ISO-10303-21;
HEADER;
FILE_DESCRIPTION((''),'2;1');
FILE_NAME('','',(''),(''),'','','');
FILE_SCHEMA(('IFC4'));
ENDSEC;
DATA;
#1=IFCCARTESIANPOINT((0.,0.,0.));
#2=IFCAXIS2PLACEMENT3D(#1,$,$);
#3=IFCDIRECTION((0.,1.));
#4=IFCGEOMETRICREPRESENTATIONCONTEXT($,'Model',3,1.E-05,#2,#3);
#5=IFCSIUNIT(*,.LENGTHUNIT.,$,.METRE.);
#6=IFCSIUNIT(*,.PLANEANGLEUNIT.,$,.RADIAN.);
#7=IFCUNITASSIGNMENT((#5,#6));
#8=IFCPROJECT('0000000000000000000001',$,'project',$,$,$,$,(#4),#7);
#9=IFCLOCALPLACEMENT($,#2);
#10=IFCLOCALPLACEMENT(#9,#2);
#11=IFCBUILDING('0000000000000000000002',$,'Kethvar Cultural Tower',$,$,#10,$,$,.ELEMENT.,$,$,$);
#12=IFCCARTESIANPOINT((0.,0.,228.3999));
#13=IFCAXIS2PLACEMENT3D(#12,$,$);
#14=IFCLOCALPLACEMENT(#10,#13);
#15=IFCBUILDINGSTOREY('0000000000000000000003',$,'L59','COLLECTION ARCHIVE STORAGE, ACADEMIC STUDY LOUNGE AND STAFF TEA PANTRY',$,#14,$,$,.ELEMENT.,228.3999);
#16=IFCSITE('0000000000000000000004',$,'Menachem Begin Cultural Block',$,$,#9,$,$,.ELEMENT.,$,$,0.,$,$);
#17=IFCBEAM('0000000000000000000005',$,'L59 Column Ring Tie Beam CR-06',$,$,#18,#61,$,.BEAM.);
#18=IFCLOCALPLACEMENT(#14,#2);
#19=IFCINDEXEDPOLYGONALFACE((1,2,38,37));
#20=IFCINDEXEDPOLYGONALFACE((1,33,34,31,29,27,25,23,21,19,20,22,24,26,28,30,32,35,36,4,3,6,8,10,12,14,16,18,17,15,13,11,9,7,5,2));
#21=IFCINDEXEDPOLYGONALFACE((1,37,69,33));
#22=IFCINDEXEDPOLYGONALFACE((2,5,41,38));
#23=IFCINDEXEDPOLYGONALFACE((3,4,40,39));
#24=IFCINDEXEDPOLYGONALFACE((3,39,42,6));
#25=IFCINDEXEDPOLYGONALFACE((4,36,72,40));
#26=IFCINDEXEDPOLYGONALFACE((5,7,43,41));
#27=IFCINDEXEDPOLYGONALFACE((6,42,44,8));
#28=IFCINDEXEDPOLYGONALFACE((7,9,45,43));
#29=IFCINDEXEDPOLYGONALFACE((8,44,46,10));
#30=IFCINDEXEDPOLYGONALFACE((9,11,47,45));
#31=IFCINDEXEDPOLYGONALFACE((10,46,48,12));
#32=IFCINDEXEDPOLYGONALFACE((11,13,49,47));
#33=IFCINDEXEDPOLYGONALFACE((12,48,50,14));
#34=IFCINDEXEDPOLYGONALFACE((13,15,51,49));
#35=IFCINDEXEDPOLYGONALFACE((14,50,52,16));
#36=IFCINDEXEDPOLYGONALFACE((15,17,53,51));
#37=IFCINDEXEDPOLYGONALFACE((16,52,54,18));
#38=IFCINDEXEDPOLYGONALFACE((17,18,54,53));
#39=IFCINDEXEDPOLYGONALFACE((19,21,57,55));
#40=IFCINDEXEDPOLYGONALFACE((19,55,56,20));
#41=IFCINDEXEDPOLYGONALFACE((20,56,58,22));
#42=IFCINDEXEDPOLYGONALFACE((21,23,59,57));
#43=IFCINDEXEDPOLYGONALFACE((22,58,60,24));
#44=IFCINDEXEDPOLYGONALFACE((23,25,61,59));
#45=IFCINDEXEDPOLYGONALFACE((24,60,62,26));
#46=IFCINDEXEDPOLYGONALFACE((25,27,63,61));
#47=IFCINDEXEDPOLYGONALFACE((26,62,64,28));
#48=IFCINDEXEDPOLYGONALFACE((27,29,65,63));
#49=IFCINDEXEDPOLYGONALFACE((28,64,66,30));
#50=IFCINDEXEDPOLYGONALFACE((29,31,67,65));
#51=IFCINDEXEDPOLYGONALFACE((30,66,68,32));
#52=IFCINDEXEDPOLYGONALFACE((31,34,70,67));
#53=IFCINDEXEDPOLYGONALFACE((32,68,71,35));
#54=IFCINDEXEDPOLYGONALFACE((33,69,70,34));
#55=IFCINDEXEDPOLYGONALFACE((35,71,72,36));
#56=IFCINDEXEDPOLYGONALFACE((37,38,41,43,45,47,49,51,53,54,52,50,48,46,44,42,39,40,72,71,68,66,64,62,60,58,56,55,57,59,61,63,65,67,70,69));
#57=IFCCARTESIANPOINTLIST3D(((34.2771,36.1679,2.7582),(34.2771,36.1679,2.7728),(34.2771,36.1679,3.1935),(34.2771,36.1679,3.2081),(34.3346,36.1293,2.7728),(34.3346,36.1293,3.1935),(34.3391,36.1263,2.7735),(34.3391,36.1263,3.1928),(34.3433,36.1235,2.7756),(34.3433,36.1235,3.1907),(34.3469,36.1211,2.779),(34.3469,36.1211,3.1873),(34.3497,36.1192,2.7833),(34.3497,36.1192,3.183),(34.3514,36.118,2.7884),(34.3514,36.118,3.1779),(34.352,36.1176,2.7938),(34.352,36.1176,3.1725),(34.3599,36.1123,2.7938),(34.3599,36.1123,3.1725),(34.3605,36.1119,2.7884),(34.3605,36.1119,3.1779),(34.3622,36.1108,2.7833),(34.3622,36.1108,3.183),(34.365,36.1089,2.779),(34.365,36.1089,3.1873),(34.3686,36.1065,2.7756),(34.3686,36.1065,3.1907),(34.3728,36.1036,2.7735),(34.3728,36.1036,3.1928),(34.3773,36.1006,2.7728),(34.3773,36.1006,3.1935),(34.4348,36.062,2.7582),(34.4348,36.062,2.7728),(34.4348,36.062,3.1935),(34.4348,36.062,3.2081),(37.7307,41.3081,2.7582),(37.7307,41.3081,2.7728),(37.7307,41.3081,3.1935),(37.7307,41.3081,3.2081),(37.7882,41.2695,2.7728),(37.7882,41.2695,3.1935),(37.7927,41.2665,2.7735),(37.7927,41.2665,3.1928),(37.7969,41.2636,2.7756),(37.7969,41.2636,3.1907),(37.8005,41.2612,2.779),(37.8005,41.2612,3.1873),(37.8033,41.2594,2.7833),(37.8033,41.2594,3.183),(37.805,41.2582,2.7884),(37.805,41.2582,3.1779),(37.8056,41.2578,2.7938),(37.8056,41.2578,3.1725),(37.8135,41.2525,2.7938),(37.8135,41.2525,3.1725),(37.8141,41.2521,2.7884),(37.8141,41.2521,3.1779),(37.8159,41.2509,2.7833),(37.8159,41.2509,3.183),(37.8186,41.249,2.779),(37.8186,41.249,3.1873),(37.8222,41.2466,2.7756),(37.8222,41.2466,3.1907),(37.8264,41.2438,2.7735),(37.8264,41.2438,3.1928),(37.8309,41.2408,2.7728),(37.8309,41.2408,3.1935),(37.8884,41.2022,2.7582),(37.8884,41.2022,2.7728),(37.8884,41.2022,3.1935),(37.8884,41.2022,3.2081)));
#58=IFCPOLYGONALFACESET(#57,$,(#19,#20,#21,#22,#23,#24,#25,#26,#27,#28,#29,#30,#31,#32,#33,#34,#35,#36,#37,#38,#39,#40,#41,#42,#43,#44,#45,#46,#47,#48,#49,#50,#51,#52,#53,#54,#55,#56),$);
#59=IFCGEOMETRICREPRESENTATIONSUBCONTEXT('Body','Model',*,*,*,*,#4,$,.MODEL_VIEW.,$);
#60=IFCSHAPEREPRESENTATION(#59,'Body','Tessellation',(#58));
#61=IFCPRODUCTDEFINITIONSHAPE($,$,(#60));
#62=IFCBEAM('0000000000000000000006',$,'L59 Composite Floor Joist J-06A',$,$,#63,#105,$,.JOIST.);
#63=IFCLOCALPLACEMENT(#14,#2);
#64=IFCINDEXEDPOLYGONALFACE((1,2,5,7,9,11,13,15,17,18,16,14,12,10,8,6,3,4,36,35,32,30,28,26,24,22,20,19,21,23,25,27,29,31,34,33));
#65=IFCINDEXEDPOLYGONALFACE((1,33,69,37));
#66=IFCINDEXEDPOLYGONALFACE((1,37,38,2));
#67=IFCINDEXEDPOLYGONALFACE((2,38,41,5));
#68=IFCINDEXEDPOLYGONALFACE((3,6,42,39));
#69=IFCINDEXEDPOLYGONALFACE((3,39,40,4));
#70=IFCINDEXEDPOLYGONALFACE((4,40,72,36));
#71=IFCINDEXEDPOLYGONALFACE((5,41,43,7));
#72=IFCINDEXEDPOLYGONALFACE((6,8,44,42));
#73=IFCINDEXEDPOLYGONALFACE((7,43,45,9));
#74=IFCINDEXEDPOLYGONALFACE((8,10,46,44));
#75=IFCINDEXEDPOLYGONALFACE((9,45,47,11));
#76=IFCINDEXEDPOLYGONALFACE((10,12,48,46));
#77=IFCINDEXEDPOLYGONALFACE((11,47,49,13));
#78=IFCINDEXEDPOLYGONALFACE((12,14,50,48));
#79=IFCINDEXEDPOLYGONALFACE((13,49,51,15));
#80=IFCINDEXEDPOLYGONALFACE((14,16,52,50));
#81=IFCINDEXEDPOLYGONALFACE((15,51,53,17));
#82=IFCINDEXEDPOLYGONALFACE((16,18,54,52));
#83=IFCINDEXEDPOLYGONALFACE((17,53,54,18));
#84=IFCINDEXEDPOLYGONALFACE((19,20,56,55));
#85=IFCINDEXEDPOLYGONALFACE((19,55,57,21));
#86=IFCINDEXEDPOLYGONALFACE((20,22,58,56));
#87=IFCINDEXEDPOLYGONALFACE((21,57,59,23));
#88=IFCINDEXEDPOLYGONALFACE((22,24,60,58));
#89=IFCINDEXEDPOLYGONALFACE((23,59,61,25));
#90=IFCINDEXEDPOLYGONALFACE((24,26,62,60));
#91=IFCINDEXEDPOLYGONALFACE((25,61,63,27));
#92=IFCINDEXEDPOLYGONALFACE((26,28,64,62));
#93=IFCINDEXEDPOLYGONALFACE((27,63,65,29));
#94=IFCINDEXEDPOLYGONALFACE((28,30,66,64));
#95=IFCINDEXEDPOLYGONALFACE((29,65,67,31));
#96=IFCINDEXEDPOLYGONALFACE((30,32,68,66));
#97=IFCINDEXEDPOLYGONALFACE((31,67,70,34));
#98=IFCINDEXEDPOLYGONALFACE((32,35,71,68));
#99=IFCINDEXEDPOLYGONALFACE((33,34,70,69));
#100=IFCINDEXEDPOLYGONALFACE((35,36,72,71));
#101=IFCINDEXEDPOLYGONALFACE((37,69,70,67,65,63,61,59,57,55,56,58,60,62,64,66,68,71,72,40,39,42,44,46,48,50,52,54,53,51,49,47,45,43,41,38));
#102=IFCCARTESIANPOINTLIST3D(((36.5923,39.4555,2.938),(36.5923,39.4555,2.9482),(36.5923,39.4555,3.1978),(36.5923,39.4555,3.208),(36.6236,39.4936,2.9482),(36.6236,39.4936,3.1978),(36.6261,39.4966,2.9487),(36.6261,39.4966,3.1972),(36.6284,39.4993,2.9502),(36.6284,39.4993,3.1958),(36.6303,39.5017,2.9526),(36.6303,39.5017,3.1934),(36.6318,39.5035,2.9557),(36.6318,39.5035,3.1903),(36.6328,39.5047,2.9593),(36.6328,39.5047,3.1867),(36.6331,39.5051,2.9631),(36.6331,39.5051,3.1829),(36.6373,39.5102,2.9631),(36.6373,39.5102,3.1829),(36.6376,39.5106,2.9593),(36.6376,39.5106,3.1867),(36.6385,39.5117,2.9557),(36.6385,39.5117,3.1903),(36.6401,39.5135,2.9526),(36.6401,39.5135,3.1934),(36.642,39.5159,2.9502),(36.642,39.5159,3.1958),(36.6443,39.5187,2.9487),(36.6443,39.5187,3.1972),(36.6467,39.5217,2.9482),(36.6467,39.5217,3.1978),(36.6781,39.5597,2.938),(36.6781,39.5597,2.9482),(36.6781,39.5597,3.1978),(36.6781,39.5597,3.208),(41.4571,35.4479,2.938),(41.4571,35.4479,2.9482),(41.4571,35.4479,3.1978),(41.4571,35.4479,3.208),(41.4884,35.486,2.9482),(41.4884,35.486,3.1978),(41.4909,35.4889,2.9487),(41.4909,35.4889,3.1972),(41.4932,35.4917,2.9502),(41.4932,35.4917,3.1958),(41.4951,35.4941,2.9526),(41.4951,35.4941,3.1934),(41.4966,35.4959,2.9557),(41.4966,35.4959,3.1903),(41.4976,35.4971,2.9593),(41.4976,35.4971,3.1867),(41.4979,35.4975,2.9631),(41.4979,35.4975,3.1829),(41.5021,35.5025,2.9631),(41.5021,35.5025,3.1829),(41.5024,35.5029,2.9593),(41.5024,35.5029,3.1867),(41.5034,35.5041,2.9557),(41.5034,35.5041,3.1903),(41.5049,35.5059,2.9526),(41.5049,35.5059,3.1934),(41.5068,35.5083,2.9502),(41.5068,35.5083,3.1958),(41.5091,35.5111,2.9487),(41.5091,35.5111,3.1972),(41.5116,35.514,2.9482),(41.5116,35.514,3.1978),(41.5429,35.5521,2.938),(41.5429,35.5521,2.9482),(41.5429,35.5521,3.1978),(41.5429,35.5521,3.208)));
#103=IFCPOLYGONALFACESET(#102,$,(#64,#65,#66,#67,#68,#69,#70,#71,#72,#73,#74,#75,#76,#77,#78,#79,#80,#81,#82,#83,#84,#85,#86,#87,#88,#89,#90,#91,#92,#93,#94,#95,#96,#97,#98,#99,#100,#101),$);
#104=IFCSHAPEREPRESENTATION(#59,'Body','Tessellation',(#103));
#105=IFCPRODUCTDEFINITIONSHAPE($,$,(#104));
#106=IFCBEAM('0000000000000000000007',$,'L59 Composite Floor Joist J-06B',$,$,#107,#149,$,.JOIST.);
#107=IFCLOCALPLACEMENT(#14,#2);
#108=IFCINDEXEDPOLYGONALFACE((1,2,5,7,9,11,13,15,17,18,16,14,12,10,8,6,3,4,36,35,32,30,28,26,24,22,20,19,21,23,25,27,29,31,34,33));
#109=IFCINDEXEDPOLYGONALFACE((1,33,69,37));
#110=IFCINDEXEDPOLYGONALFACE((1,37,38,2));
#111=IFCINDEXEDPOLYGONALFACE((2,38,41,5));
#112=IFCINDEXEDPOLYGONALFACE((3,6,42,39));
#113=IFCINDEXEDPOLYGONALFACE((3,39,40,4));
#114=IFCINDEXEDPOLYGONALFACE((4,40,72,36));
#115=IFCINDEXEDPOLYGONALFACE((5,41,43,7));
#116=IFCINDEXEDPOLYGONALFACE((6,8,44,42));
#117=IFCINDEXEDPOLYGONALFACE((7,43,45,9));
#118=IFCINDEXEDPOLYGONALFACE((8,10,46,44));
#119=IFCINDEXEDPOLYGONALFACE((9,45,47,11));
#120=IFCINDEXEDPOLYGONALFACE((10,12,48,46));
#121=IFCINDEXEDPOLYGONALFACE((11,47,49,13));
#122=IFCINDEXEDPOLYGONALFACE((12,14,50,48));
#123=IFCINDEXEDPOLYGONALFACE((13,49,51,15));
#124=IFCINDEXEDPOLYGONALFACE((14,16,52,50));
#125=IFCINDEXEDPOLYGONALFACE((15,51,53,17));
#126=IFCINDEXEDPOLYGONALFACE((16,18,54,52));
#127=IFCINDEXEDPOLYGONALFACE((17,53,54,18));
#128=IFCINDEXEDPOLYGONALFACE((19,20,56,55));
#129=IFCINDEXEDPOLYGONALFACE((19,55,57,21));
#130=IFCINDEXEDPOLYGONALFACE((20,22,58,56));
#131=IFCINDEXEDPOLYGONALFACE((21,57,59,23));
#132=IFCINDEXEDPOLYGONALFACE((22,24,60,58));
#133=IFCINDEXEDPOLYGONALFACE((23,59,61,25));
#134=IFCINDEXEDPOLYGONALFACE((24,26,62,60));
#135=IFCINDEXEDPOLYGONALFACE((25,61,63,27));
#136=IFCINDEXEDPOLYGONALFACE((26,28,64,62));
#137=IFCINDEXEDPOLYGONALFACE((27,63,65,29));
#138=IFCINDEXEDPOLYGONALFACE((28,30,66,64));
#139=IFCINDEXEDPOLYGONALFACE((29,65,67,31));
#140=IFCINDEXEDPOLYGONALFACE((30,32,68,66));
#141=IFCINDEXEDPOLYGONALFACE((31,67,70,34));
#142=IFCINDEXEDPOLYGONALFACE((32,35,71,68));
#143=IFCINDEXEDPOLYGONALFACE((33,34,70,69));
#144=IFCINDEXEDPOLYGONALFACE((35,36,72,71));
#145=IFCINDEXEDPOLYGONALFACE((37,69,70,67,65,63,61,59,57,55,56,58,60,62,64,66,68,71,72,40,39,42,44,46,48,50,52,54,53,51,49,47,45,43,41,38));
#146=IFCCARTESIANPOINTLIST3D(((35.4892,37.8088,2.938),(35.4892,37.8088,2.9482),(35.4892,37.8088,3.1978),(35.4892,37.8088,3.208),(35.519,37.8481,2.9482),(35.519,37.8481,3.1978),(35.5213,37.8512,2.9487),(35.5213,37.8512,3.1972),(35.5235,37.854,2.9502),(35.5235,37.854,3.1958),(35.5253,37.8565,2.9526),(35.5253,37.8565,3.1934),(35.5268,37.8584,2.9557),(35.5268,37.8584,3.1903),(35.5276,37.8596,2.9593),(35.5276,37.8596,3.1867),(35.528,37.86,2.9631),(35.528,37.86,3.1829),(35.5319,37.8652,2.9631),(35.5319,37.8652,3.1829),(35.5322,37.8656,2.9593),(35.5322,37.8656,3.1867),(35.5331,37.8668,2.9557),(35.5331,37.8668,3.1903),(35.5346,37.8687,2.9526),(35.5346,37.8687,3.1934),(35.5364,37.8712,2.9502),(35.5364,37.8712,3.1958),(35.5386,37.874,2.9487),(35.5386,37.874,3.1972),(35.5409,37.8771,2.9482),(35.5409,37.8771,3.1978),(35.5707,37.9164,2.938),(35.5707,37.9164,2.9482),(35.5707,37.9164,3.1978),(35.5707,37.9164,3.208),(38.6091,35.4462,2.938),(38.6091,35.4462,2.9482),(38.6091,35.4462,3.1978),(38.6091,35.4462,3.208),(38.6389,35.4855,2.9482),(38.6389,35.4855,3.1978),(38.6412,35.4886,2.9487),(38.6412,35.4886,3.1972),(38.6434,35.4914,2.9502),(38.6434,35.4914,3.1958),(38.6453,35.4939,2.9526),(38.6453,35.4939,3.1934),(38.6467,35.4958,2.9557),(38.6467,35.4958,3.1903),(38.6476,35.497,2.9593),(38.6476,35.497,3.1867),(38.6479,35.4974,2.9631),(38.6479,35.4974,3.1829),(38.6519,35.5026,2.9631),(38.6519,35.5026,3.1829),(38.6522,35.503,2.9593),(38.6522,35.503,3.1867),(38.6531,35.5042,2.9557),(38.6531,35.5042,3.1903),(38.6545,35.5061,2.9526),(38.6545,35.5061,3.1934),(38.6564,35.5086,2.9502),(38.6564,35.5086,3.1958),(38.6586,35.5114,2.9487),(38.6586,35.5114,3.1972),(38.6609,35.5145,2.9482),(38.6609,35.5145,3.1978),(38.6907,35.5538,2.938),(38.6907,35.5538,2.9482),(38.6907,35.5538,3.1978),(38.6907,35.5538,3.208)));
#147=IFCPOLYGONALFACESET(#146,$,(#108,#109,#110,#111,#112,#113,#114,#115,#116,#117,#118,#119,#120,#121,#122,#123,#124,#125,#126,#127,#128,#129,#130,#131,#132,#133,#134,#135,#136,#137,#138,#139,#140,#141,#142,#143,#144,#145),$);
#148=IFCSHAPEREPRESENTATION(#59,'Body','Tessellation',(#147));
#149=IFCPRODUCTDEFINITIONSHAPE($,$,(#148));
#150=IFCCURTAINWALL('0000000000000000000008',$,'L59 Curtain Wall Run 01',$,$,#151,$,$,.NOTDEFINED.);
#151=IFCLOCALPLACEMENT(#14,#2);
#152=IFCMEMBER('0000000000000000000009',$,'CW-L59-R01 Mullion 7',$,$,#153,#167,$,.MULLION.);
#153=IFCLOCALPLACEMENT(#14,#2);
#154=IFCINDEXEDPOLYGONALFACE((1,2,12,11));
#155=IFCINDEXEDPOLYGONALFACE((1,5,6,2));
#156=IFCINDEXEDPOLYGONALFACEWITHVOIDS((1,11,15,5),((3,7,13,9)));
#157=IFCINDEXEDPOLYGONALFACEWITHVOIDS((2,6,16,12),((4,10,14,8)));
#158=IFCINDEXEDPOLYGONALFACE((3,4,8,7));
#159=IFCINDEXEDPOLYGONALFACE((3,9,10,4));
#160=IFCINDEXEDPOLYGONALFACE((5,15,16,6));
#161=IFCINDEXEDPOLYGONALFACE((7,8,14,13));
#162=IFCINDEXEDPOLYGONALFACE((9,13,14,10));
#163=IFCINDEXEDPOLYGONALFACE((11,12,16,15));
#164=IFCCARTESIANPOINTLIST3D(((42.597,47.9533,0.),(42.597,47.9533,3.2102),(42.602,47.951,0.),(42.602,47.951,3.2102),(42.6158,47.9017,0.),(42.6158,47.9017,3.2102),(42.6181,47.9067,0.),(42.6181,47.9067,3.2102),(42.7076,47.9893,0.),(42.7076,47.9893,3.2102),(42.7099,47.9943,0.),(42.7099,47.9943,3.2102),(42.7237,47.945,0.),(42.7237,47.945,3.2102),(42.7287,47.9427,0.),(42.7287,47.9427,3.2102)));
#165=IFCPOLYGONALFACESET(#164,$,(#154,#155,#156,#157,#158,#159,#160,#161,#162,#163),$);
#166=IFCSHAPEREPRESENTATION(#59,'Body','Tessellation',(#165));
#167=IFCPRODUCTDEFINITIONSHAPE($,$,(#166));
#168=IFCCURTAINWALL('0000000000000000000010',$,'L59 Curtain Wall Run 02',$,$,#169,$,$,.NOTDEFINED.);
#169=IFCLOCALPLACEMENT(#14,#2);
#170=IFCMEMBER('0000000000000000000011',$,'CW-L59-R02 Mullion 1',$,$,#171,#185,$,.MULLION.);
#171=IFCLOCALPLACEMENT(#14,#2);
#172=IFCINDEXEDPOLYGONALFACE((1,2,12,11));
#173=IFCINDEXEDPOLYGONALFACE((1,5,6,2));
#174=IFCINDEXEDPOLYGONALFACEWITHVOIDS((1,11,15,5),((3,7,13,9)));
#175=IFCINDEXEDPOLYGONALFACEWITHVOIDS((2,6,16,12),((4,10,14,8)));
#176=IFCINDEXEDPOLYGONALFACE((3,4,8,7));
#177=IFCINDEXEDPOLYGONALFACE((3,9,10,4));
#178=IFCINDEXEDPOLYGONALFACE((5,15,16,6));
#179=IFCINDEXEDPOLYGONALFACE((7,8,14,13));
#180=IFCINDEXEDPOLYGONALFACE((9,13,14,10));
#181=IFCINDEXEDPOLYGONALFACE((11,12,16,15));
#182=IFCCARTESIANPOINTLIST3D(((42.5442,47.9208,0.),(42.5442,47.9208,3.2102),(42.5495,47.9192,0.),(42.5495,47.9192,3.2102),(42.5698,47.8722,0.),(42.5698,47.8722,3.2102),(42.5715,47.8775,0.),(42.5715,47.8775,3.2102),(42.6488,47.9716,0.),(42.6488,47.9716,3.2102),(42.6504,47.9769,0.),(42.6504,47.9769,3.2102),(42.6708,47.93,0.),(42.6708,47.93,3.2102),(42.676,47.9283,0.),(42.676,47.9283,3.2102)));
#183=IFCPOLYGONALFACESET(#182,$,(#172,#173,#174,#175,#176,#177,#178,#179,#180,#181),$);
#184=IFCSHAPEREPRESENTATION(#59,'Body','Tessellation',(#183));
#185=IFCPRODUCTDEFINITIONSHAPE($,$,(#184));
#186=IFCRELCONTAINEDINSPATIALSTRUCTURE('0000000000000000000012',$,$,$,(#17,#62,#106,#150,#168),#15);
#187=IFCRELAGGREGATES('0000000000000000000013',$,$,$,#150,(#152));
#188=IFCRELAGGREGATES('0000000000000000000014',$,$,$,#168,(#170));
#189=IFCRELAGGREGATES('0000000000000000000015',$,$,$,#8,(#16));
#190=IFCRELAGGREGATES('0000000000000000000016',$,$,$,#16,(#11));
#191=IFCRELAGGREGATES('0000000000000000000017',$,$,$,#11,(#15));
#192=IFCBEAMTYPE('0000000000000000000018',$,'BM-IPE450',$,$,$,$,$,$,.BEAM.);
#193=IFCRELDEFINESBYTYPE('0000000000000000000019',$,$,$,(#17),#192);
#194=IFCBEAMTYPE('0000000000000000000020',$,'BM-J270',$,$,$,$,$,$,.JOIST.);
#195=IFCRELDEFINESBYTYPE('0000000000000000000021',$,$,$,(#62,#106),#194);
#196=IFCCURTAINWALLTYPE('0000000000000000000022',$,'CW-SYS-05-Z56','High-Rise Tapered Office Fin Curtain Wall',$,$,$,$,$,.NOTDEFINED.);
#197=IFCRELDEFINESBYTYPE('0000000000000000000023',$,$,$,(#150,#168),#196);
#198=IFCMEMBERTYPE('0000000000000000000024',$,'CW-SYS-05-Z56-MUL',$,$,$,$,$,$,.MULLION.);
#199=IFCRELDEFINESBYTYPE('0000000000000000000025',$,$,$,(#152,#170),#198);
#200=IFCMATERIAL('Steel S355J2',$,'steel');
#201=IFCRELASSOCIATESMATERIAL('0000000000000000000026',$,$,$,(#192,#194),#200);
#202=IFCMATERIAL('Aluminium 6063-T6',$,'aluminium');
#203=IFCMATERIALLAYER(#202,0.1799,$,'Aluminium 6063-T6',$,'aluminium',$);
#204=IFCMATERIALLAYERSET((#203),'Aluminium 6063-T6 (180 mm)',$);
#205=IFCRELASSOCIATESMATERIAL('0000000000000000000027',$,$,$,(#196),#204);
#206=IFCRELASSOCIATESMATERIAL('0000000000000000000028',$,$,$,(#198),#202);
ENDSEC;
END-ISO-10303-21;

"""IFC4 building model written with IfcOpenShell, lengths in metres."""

from ifc_helpers import new_model, si_unit, direction, frame, origin, origin_2d, place, context, subcontext, project, spatial, hollow_rectangle, i_section, extrude, source, transform, mapped, material, layer, layer_set, material_profile, profile_set, type_object, element, aggregate, save


model = new_model("IFC4")

# Units and contexts
model_context = context("Model", 3, precision=1e-05, world=origin(), true_north=direction((0.0, 1.0)))
body_context = subcontext(model_context, "Body", "Model", "MODEL_VIEW")
ifc_project = project(units=[si_unit("LENGTHUNIT", "METRE"), si_unit("PLANEANGLEUNIT", "RADIAN")], contexts=[model_context])

# Site, building, storey
site_placement = place(None, origin())
site = spatial("IfcSite", under=ifc_project, at=site_placement, Name="Menachem Begin Cultural Block", CompositionType="ELEMENT", RefElevation=0.0)
building_placement = place(site_placement, origin())
building = spatial("IfcBuilding", under=site, at=building_placement, Name="Kethvar Cultural Tower", CompositionType="ELEMENT")
storey_placement = place(building_placement, frame((0.0, 0.0, 228.3999)))
storey = spatial("IfcBuildingStorey", under=building, at=storey_placement, Name="L59", Description="COLLECTION ARCHIVE STORAGE, ACADEMIC STUDY LOUNGE AND STAFF TEA PANTRY", CompositionType="ELEMENT", Elevation=228.3999)

# Beams
ifc_material_1 = material(Name="Steel S355J2", Category="steel")
ifc_material_profile_1 = material_profile(ifc_material_1, i_section(OverallWidth=0.1899, OverallDepth=0.45, WebThickness=0.0095, FlangeThickness=0.0146, FilletRadius=0.021, at=origin_2d()), Name="Steel S355J2 — IPE450")
ifc_profile_set_1 = profile_set([ifc_material_profile_1], Name="Steel S355J2 — IPE450")
beam_type_1 = type_object("IfcBeamType", Name="BM-IPE450", PredefinedType="BEAM", material=ifc_profile_set_1)
ifc_material_profile_2 = material_profile(ifc_material_1, i_section(OverallWidth=0.135, OverallDepth=0.27, WebThickness=0.0066, FlangeThickness=0.0103, FilletRadius=0.0149, at=origin_2d()), Name="Steel S355J2 — IPE270")
ifc_profile_set_2 = profile_set([ifc_material_profile_2], Name="Steel S355J2 — IPE270")
beam_type_2 = type_object("IfcBeamType", Name="BM-J270", PredefinedType="JOIST", material=ifc_profile_set_2)
shared_shape_1 = source(origin(), body_context, "Body", "SweptSolid", [
    extrude(i_section(OverallWidth=0.1899, OverallDepth=0.45, WebThickness=0.0095, FlangeThickness=0.0146, FilletRadius=0.021, at=origin_2d()), origin(), (0.0, 0.0, 1.0), 6.1926),
])
beam_1_placement = place(storey_placement, frame((37.8096, 41.2551, 2.9832), z_axis=(-0.557699, -0.830043, 0.0), x_axis=(0.830043, -0.557699, 0.0)))
element("IfcBeam", 1, at=beam_1_placement, inside=storey, type_object=beam_type_1, Name="L59 Column Ring Tie Beam CR-06", PredefinedType="BEAM", context=body_context, shape_type="MappedRepresentation", body=[
    mapped(shared_shape_1, transform((0.0, 0.0, 0.0), scale=1.0)),
])
shared_shape_2 = source(origin(), body_context, "Body", "SweptSolid", [
    extrude(i_section(OverallWidth=0.135, OverallDepth=0.27, WebThickness=0.0066, FlangeThickness=0.0103, FilletRadius=0.0149, at=origin_2d()), origin(), (0.0, 0.0, 1.0), 6.303),
])
beam_2_placement = place(storey_placement, frame((41.5, 35.5, 3.073), z_axis=(-0.771828, 0.635831, 0.0), x_axis=(-0.635831, -0.771828, 0.0)))
element("IfcBeam", 2, at=beam_2_placement, inside=storey, type_object=beam_type_2, Name="L59 Composite Floor Joist J-06A", PredefinedType="JOIST", context=body_context, shape_type="MappedRepresentation", body=[
    mapped(shared_shape_2, transform((0.0, 0.0, 0.0), scale=1.0)),
])
shared_shape_3 = source(origin(), body_context, "Body", "SweptSolid", [
    extrude(i_section(OverallWidth=0.135, OverallDepth=0.27, WebThickness=0.0066, FlangeThickness=0.0103, FilletRadius=0.0149, at=origin_2d()), origin(), (0.0, 0.0, 1.0), 3.9136),
])
beam_3_placement = place(storey_placement, frame((38.6499, 35.5, 3.073), z_axis=(-0.797214, 0.603697, 0.0), x_axis=(-0.603697, -0.797214, 0.0)))
element("IfcBeam", 3, at=beam_3_placement, inside=storey, type_object=beam_type_2, Name="L59 Composite Floor Joist J-06B", PredefinedType="JOIST", context=body_context, shape_type="MappedRepresentation", body=[
    mapped(shared_shape_3, transform((0.0, 0.0, 0.0), scale=1.0)),
])

# Curtain wall, member
ifc_material_2 = material(Name="Aluminium 6063-T6", Category="aluminium")
ifc_layer_1 = layer(ifc_material_2, 0.1799, Name="Aluminium 6063-T6", Category="aluminium")
ifc_layer_set_1 = layer_set([ifc_layer_1], Name="Aluminium 6063-T6 (180 mm)")
curtain_wall_type = type_object("IfcCurtainWallType", Name="CW-SYS-05-Z56", Description="High-Rise Tapered Office Fin Curtain Wall", PredefinedType="NOTDEFINED", material=ifc_layer_set_1)
curtain_wall_1_placement = place(storey_placement, origin())
curtain_wall_1 = element("IfcCurtainWall", 4, at=curtain_wall_1_placement, inside=storey, type_object=curtain_wall_type, Name="L59 Curtain Wall Run 01", PredefinedType="NOTDEFINED")
ifc_material_profile_3 = material_profile(ifc_material_2, hollow_rectangle(XDim=0.0549, YDim=0.1201, WallThickness=0.0039, at=origin_2d()), Name="Aluminium 6063-T6 — RHS120x55x4")
ifc_profile_set_3 = profile_set([ifc_material_profile_3], Name="Aluminium 6063-T6 — RHS120x55x4")
member_type_1 = type_object("IfcMemberType", Name="CW-SYS-05-Z56-MUL", PredefinedType="MULLION", material=ifc_profile_set_3)
shared_shape_4 = source(origin(), body_context, "Body", "SweptSolid", [
    extrude(hollow_rectangle(XDim=0.0549, YDim=0.1201, WallThickness=0.0039, at=origin_2d()), origin(), (0.0, 0.0, 1.0), 3.2102),
])
member_1_placement = place(storey_placement, frame((42.6628, 47.948, 0.0), z_axis=(0.0, 0.0, 1.0), x_axis=(0.341495, -0.939883, 0.0)))
member_1 = element("IfcMember", 5, at=member_1_placement, type_object=member_type_1, Name="CW-L59-R01 Mullion 7", PredefinedType="MULLION", context=body_context, shape_type="MappedRepresentation", body=[
    mapped(shared_shape_4, transform((0.0, 0.0, 0.0), scale=1.0)),
])

# Curtain wall, member
curtain_wall_2_placement = place(storey_placement, origin())
curtain_wall_2 = element("IfcCurtainWall", 6, at=curtain_wall_2_placement, inside=storey, type_object=curtain_wall_type, Name="L59 Curtain Wall Run 02", PredefinedType="NOTDEFINED")
member_2_placement = place(storey_placement, frame((42.6101, 47.9246, 0.0), z_axis=(0.0, 0.0, 1.0), x_axis=(0.466989, -0.884263, 0.0)))
member_2 = element("IfcMember", 7, at=member_2_placement, type_object=member_type_1, Name="CW-L59-R02 Mullion 1", PredefinedType="MULLION", context=body_context, shape_type="MappedRepresentation", body=[
    mapped(shared_shape_4, transform((0.0, 0.0, 0.0), scale=1.0)),
])

aggregate(curtain_wall_1, [member_1])
aggregate(curtain_wall_2, [member_2])

save(model, "model.ifc")
